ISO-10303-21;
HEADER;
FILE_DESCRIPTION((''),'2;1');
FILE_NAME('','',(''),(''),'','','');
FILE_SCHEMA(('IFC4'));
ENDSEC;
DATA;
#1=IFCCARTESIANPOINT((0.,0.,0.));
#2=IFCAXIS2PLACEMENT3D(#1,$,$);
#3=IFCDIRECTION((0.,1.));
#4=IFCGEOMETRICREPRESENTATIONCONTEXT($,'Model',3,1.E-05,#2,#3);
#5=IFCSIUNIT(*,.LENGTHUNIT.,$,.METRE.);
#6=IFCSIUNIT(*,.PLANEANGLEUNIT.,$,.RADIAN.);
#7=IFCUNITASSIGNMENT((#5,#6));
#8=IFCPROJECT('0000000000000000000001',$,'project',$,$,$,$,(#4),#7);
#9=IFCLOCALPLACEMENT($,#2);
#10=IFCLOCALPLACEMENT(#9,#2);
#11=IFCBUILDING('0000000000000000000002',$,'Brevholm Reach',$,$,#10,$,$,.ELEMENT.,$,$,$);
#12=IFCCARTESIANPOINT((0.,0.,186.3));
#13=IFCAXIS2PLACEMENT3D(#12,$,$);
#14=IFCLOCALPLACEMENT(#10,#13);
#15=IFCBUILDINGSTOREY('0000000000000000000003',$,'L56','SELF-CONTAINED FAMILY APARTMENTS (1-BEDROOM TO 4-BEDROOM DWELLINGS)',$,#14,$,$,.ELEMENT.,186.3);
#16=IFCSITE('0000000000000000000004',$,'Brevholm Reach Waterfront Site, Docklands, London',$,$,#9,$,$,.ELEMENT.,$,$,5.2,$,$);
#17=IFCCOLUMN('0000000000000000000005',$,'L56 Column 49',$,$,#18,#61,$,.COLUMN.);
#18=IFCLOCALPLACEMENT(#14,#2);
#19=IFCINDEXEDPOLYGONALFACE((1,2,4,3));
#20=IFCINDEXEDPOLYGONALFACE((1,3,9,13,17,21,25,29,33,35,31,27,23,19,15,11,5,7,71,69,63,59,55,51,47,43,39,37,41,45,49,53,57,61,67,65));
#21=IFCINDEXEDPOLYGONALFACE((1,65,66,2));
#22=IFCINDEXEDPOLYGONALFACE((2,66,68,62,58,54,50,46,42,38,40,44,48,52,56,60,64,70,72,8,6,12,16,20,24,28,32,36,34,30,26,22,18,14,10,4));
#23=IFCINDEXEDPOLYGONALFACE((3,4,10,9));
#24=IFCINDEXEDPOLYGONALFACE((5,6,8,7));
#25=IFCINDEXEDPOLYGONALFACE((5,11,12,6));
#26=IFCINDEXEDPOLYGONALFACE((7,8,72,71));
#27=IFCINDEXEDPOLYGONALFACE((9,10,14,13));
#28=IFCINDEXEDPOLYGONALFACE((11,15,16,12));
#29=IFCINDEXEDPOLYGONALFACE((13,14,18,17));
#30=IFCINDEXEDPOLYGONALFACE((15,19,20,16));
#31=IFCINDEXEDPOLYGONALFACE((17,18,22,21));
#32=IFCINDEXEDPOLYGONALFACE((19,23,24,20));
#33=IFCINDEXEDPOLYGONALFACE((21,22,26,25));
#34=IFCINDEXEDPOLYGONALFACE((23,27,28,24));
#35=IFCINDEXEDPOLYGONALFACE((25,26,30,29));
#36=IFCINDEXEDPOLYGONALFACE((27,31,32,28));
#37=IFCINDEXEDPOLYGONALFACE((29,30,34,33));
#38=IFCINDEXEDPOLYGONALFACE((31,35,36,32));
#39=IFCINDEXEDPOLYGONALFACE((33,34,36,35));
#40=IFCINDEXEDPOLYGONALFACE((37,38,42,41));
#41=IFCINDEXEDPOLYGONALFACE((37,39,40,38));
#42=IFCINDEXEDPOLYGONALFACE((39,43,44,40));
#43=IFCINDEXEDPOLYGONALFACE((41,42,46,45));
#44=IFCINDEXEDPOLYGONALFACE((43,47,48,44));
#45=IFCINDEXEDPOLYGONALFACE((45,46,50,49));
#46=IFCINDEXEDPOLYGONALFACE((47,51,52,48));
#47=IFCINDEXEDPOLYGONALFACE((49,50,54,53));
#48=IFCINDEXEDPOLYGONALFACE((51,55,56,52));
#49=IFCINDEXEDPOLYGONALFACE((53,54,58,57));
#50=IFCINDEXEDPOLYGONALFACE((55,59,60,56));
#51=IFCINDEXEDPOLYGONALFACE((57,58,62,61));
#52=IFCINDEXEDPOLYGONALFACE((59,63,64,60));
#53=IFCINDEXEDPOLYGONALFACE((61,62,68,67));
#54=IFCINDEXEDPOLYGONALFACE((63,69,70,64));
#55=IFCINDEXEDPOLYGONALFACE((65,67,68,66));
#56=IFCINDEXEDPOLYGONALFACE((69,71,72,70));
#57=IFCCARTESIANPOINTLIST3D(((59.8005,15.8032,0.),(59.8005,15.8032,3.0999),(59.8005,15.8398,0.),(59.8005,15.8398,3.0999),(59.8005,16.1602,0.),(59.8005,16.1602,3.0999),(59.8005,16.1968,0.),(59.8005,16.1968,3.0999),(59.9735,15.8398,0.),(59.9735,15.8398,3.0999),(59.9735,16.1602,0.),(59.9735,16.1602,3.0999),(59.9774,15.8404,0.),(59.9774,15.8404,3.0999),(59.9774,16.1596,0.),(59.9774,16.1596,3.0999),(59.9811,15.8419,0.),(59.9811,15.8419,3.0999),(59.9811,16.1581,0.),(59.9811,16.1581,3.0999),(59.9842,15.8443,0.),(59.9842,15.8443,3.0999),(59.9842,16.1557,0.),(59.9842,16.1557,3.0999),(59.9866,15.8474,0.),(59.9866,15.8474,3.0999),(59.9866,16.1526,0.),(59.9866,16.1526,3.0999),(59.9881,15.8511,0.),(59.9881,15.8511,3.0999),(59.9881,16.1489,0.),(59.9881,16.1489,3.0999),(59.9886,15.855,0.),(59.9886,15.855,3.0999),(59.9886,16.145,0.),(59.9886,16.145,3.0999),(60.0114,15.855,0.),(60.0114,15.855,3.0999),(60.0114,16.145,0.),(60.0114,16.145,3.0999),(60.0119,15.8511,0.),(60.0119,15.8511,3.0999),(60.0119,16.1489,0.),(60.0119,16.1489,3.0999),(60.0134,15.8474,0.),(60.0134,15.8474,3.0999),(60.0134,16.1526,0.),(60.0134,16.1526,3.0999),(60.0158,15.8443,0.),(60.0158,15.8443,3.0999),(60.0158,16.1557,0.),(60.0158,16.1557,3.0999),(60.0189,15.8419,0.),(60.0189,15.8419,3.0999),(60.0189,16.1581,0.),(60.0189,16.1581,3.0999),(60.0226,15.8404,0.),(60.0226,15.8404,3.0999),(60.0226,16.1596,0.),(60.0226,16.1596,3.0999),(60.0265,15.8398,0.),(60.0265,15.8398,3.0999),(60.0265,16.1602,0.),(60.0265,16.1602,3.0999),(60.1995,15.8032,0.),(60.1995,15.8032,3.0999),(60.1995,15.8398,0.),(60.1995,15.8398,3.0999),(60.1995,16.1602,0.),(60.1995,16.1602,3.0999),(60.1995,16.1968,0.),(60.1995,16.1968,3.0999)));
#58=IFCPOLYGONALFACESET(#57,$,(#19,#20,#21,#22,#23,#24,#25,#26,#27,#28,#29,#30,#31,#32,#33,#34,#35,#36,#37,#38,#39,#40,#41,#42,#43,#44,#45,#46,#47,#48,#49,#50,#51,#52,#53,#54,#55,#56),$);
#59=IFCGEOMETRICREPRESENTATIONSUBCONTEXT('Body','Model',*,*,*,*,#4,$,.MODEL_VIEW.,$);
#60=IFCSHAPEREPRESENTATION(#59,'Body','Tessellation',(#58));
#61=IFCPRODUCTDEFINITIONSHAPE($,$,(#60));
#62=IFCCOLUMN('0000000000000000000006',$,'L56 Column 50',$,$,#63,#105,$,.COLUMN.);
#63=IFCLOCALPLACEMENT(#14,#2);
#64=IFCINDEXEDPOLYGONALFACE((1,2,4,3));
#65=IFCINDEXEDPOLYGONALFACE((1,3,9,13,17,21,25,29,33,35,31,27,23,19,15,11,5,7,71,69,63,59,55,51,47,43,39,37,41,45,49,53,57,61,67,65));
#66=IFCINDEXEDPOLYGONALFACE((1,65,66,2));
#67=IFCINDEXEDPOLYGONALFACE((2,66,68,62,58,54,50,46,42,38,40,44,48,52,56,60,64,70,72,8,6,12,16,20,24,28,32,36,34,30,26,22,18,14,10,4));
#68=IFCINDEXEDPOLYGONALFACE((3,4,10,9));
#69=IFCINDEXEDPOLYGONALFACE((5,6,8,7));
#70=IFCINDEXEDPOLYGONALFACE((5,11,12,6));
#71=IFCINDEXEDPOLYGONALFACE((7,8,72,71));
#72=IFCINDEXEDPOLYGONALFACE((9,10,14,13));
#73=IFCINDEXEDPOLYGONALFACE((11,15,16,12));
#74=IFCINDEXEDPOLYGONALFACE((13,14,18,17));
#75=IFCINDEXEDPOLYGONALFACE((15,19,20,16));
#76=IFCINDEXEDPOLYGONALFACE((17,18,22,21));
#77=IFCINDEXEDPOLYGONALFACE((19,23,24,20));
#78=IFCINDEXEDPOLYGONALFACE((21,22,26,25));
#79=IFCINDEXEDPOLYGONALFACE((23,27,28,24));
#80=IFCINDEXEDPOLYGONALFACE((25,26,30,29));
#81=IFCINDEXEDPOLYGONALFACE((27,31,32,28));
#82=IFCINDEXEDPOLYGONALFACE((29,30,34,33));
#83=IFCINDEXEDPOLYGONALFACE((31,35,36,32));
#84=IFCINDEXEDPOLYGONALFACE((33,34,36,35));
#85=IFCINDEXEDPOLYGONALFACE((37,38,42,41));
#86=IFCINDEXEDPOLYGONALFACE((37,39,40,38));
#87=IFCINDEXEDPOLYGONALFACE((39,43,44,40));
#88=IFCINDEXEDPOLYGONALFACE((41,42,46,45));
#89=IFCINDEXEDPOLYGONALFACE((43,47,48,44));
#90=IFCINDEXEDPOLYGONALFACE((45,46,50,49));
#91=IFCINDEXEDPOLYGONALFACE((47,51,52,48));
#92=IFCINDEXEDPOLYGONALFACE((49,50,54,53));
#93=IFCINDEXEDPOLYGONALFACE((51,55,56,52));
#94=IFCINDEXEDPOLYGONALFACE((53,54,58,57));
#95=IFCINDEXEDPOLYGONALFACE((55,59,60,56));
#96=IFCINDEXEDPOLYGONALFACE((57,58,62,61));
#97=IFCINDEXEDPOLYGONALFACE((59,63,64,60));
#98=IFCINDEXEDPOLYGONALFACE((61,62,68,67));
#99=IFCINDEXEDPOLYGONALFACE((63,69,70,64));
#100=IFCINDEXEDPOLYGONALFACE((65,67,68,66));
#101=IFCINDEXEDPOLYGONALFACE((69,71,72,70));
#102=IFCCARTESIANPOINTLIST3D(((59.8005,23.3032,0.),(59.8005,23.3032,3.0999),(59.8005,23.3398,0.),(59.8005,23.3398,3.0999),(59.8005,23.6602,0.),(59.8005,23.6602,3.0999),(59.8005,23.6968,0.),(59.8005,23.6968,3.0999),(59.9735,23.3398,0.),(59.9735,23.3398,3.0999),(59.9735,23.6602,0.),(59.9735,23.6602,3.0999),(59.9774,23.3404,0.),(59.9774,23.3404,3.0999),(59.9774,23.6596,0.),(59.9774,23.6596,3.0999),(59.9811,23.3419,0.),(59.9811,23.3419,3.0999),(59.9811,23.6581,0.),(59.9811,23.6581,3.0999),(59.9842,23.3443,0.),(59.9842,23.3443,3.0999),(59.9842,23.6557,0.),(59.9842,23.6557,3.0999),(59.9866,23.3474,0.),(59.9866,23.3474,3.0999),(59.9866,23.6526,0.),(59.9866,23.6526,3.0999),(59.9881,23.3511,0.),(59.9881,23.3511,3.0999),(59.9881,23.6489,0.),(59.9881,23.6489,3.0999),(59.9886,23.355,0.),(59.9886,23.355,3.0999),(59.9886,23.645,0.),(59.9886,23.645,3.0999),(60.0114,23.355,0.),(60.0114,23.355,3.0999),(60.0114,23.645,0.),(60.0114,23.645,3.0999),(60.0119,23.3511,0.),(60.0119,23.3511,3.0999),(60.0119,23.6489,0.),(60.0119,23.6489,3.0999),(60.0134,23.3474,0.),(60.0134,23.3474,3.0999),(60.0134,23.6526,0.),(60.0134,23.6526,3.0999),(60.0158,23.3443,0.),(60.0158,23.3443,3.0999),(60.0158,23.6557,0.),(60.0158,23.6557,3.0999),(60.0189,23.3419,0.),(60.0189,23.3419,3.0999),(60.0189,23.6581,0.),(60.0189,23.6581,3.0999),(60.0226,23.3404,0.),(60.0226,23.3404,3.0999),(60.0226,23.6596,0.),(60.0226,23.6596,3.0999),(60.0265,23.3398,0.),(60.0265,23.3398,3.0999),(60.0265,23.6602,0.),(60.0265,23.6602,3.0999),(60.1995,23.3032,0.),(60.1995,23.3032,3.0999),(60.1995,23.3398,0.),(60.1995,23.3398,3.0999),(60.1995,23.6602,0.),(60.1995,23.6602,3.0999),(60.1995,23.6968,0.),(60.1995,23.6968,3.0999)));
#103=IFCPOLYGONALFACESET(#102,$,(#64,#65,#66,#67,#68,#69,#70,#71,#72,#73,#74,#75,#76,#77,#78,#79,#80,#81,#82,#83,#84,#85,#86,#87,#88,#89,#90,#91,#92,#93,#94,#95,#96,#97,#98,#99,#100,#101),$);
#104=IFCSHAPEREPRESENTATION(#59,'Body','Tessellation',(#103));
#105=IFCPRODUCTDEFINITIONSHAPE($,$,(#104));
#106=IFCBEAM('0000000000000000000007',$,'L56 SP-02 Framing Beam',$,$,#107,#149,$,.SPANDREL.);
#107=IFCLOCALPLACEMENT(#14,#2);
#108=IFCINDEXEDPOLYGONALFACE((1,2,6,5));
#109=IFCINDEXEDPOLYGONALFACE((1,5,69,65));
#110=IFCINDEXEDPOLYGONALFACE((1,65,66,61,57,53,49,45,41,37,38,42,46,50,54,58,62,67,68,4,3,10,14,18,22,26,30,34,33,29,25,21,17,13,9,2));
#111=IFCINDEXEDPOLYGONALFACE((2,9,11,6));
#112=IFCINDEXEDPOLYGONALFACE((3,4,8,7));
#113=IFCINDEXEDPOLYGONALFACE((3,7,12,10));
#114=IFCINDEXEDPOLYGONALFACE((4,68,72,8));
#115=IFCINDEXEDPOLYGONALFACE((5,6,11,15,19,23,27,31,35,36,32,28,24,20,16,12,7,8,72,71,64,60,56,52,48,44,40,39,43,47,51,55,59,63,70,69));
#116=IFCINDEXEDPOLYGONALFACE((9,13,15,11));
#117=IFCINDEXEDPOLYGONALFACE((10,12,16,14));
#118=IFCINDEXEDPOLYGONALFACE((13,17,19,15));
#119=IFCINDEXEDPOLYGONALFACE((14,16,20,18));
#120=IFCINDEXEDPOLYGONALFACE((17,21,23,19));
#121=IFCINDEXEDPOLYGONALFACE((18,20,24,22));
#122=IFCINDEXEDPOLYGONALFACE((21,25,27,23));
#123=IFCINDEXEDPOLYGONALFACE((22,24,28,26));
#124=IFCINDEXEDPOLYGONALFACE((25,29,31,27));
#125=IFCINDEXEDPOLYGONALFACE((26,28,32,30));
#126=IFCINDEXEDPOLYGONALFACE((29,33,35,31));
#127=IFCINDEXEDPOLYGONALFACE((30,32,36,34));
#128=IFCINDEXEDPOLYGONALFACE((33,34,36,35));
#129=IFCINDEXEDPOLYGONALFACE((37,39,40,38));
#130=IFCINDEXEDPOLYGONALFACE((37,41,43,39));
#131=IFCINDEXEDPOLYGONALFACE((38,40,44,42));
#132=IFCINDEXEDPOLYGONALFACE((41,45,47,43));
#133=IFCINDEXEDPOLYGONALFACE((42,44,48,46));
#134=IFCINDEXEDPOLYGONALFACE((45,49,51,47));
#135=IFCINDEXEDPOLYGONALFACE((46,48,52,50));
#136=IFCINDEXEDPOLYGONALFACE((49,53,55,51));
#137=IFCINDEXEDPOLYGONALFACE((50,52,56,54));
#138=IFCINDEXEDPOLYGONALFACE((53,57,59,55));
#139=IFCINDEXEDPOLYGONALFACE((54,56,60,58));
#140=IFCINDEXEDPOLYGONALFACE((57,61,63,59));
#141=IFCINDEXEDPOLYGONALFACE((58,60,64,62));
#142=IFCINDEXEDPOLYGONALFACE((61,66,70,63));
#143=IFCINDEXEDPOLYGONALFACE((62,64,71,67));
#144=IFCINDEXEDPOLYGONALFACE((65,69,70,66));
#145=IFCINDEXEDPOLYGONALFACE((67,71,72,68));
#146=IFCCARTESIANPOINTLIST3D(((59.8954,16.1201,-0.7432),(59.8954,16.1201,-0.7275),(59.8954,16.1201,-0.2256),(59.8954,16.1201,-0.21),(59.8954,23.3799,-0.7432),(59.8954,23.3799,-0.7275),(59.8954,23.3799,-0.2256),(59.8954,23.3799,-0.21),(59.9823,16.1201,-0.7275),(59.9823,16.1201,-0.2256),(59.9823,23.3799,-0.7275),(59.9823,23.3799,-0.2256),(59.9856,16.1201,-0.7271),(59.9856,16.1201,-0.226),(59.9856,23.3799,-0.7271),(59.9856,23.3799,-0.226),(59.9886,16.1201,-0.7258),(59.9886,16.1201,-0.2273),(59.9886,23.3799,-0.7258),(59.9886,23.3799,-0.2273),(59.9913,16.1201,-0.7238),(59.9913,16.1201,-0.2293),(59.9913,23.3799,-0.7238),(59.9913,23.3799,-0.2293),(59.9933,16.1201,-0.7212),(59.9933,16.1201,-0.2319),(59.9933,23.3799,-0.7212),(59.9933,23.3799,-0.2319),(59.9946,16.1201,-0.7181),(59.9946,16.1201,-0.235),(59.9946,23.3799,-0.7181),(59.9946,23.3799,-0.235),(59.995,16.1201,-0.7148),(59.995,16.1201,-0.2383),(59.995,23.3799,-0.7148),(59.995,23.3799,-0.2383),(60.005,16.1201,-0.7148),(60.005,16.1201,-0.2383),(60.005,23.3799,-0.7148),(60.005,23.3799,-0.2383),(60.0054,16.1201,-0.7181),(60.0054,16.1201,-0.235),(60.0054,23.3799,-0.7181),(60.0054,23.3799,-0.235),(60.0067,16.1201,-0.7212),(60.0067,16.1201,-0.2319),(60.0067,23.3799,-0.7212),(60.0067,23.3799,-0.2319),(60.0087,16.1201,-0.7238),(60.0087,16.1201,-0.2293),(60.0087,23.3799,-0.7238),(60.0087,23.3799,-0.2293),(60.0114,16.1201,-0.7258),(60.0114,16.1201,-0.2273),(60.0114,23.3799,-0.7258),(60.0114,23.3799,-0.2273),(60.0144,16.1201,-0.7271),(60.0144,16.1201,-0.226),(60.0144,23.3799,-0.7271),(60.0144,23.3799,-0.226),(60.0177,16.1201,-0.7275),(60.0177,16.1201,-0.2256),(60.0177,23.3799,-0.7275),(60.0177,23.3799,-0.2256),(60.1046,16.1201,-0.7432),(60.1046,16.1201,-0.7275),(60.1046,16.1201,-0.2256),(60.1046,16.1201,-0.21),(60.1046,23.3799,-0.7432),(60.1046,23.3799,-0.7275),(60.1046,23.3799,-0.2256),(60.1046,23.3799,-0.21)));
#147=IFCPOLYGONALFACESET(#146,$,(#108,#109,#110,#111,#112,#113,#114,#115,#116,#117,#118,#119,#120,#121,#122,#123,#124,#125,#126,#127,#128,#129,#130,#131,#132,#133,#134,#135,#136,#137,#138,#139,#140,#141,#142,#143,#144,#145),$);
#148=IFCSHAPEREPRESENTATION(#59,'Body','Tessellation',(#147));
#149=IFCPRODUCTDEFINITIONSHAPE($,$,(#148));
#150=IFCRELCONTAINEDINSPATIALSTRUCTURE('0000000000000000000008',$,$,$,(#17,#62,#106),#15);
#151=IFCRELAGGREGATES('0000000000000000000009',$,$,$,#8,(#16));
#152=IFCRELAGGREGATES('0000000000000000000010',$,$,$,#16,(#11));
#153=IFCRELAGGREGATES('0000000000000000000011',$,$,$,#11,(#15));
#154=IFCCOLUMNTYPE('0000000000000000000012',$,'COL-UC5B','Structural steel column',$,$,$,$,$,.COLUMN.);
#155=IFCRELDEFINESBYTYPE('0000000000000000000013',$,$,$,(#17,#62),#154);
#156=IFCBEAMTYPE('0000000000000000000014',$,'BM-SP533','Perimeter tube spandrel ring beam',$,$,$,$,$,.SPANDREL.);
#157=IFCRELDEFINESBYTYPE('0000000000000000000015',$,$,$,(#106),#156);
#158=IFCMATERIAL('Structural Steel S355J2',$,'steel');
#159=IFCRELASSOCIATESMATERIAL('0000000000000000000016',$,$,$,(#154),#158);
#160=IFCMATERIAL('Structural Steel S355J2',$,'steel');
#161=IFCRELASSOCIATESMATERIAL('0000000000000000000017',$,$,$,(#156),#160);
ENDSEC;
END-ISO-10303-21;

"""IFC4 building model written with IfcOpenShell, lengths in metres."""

from ifc_helpers import new_model, si_unit, direction, frame, origin, origin_2d, place, context, subcontext, project, spatial, i_section, extrude, material, material_profile, profile_set, type_object, element, save


model = new_model("IFC4")

# Units and contexts
model_context = context("Model", 3, precision=1e-05, world=origin(), true_north=direction((0.0, 1.0)))
body_context = subcontext(model_context, "Body", "Model", "MODEL_VIEW")
ifc_project = project(units=[si_unit("LENGTHUNIT", "METRE"), si_unit("PLANEANGLEUNIT", "RADIAN")], contexts=[model_context])

# Site, building, storey
site_placement = place(None, origin())
site = spatial("IfcSite", under=ifc_project, at=site_placement, Name="Brevholm Reach Waterfront Site, Docklands, London", CompositionType="ELEMENT", RefElevation=5.2)
building_placement = place(site_placement, origin())
building = spatial("IfcBuilding", under=site, at=building_placement, Name="Brevholm Reach", CompositionType="ELEMENT")
storey_placement = place(building_placement, frame((0.0, 0.0, 186.3)))
storey = spatial("IfcBuildingStorey", under=building, at=storey_placement, Name="L56", Description="SELF-CONTAINED FAMILY APARTMENTS (1-BEDROOM TO 4-BEDROOM DWELLINGS)", CompositionType="ELEMENT", Elevation=186.3)

# Columns
ifc_material_1 = material(Name="Structural Steel S355J2", Category="steel")
ifc_material_profile_1 = material_profile(ifc_material_1, i_section(OverallWidth=0.3989, OverallDepth=0.3936, WebThickness=0.0227, FlangeThickness=0.0366, FilletRadius=0.0151, at=origin_2d()), Name="UKC 356x406x287")
ifc_profile_set_1 = profile_set([ifc_material_profile_1], Name="Structural Steel S355J2")
column_type = type_object("IfcColumnType", Name="COL-UC5B", Description="Structural steel column", PredefinedType="COLUMN", material=ifc_profile_set_1)
for number, where, z_axis, x_axis, name in (
    (1, (60.0, 16.0, 0.0), (0.0, 0.0, 1.0), (1.0, 0.0, 0.0), "L56 Column 49"),
    (2, (60.0, 23.5, 0.0), (0.0, 0.0, 1.0), (1.0, 0.0, 0.0), "L56 Column 50"),
):
    element("IfcColumn", number, at=place(storey_placement, frame(where, z_axis=z_axis, x_axis=x_axis)), inside=storey, type_object=column_type, Name=name, PredefinedType="COLUMN", context=body_context, shape_type="SweptSolid", body=[
        extrude(i_section(OverallWidth=0.3989, OverallDepth=0.3936, WebThickness=0.0227, FlangeThickness=0.0366, FilletRadius=0.0151, at=origin_2d()), origin(), (0.0, 0.0, 1.0), 3.0999),
    ])

# Beam
ifc_material_2 = material(Name="Structural Steel S355J2", Category="steel")
ifc_material_profile_2 = material_profile(ifc_material_2, i_section(OverallWidth=0.2092, OverallDepth=0.5332, WebThickness=0.01, FlangeThickness=0.0156, FilletRadius=0.0127, at=origin_2d()), Name="UKB 533x210x92")
ifc_profile_set_2 = profile_set([ifc_material_profile_2], Name="Structural Steel S355J2")
beam_type = type_object("IfcBeamType", Name="BM-SP533", Description="Perimeter tube spandrel ring beam", PredefinedType="SPANDREL", material=ifc_profile_set_2)
beam_placement = place(storey_placement, frame((60.0, 16.1201, -0.4766), z_axis=(0.0, 1.0, 0.0), x_axis=(-1.0, 0.0, 0.0)))
element("IfcBeam", 3, at=beam_placement, inside=storey, type_object=beam_type, Name="L56 SP-02 Framing Beam", PredefinedType="SPANDREL", context=body_context, shape_type="SweptSolid", body=[
    extrude(i_section(OverallWidth=0.2092, OverallDepth=0.5332, WebThickness=0.01, FlangeThickness=0.0156, FilletRadius=0.0127, at=origin_2d()), origin(), (0.0, 0.0, 1.0), 7.2598),
])

save(model, "model.ifc")
